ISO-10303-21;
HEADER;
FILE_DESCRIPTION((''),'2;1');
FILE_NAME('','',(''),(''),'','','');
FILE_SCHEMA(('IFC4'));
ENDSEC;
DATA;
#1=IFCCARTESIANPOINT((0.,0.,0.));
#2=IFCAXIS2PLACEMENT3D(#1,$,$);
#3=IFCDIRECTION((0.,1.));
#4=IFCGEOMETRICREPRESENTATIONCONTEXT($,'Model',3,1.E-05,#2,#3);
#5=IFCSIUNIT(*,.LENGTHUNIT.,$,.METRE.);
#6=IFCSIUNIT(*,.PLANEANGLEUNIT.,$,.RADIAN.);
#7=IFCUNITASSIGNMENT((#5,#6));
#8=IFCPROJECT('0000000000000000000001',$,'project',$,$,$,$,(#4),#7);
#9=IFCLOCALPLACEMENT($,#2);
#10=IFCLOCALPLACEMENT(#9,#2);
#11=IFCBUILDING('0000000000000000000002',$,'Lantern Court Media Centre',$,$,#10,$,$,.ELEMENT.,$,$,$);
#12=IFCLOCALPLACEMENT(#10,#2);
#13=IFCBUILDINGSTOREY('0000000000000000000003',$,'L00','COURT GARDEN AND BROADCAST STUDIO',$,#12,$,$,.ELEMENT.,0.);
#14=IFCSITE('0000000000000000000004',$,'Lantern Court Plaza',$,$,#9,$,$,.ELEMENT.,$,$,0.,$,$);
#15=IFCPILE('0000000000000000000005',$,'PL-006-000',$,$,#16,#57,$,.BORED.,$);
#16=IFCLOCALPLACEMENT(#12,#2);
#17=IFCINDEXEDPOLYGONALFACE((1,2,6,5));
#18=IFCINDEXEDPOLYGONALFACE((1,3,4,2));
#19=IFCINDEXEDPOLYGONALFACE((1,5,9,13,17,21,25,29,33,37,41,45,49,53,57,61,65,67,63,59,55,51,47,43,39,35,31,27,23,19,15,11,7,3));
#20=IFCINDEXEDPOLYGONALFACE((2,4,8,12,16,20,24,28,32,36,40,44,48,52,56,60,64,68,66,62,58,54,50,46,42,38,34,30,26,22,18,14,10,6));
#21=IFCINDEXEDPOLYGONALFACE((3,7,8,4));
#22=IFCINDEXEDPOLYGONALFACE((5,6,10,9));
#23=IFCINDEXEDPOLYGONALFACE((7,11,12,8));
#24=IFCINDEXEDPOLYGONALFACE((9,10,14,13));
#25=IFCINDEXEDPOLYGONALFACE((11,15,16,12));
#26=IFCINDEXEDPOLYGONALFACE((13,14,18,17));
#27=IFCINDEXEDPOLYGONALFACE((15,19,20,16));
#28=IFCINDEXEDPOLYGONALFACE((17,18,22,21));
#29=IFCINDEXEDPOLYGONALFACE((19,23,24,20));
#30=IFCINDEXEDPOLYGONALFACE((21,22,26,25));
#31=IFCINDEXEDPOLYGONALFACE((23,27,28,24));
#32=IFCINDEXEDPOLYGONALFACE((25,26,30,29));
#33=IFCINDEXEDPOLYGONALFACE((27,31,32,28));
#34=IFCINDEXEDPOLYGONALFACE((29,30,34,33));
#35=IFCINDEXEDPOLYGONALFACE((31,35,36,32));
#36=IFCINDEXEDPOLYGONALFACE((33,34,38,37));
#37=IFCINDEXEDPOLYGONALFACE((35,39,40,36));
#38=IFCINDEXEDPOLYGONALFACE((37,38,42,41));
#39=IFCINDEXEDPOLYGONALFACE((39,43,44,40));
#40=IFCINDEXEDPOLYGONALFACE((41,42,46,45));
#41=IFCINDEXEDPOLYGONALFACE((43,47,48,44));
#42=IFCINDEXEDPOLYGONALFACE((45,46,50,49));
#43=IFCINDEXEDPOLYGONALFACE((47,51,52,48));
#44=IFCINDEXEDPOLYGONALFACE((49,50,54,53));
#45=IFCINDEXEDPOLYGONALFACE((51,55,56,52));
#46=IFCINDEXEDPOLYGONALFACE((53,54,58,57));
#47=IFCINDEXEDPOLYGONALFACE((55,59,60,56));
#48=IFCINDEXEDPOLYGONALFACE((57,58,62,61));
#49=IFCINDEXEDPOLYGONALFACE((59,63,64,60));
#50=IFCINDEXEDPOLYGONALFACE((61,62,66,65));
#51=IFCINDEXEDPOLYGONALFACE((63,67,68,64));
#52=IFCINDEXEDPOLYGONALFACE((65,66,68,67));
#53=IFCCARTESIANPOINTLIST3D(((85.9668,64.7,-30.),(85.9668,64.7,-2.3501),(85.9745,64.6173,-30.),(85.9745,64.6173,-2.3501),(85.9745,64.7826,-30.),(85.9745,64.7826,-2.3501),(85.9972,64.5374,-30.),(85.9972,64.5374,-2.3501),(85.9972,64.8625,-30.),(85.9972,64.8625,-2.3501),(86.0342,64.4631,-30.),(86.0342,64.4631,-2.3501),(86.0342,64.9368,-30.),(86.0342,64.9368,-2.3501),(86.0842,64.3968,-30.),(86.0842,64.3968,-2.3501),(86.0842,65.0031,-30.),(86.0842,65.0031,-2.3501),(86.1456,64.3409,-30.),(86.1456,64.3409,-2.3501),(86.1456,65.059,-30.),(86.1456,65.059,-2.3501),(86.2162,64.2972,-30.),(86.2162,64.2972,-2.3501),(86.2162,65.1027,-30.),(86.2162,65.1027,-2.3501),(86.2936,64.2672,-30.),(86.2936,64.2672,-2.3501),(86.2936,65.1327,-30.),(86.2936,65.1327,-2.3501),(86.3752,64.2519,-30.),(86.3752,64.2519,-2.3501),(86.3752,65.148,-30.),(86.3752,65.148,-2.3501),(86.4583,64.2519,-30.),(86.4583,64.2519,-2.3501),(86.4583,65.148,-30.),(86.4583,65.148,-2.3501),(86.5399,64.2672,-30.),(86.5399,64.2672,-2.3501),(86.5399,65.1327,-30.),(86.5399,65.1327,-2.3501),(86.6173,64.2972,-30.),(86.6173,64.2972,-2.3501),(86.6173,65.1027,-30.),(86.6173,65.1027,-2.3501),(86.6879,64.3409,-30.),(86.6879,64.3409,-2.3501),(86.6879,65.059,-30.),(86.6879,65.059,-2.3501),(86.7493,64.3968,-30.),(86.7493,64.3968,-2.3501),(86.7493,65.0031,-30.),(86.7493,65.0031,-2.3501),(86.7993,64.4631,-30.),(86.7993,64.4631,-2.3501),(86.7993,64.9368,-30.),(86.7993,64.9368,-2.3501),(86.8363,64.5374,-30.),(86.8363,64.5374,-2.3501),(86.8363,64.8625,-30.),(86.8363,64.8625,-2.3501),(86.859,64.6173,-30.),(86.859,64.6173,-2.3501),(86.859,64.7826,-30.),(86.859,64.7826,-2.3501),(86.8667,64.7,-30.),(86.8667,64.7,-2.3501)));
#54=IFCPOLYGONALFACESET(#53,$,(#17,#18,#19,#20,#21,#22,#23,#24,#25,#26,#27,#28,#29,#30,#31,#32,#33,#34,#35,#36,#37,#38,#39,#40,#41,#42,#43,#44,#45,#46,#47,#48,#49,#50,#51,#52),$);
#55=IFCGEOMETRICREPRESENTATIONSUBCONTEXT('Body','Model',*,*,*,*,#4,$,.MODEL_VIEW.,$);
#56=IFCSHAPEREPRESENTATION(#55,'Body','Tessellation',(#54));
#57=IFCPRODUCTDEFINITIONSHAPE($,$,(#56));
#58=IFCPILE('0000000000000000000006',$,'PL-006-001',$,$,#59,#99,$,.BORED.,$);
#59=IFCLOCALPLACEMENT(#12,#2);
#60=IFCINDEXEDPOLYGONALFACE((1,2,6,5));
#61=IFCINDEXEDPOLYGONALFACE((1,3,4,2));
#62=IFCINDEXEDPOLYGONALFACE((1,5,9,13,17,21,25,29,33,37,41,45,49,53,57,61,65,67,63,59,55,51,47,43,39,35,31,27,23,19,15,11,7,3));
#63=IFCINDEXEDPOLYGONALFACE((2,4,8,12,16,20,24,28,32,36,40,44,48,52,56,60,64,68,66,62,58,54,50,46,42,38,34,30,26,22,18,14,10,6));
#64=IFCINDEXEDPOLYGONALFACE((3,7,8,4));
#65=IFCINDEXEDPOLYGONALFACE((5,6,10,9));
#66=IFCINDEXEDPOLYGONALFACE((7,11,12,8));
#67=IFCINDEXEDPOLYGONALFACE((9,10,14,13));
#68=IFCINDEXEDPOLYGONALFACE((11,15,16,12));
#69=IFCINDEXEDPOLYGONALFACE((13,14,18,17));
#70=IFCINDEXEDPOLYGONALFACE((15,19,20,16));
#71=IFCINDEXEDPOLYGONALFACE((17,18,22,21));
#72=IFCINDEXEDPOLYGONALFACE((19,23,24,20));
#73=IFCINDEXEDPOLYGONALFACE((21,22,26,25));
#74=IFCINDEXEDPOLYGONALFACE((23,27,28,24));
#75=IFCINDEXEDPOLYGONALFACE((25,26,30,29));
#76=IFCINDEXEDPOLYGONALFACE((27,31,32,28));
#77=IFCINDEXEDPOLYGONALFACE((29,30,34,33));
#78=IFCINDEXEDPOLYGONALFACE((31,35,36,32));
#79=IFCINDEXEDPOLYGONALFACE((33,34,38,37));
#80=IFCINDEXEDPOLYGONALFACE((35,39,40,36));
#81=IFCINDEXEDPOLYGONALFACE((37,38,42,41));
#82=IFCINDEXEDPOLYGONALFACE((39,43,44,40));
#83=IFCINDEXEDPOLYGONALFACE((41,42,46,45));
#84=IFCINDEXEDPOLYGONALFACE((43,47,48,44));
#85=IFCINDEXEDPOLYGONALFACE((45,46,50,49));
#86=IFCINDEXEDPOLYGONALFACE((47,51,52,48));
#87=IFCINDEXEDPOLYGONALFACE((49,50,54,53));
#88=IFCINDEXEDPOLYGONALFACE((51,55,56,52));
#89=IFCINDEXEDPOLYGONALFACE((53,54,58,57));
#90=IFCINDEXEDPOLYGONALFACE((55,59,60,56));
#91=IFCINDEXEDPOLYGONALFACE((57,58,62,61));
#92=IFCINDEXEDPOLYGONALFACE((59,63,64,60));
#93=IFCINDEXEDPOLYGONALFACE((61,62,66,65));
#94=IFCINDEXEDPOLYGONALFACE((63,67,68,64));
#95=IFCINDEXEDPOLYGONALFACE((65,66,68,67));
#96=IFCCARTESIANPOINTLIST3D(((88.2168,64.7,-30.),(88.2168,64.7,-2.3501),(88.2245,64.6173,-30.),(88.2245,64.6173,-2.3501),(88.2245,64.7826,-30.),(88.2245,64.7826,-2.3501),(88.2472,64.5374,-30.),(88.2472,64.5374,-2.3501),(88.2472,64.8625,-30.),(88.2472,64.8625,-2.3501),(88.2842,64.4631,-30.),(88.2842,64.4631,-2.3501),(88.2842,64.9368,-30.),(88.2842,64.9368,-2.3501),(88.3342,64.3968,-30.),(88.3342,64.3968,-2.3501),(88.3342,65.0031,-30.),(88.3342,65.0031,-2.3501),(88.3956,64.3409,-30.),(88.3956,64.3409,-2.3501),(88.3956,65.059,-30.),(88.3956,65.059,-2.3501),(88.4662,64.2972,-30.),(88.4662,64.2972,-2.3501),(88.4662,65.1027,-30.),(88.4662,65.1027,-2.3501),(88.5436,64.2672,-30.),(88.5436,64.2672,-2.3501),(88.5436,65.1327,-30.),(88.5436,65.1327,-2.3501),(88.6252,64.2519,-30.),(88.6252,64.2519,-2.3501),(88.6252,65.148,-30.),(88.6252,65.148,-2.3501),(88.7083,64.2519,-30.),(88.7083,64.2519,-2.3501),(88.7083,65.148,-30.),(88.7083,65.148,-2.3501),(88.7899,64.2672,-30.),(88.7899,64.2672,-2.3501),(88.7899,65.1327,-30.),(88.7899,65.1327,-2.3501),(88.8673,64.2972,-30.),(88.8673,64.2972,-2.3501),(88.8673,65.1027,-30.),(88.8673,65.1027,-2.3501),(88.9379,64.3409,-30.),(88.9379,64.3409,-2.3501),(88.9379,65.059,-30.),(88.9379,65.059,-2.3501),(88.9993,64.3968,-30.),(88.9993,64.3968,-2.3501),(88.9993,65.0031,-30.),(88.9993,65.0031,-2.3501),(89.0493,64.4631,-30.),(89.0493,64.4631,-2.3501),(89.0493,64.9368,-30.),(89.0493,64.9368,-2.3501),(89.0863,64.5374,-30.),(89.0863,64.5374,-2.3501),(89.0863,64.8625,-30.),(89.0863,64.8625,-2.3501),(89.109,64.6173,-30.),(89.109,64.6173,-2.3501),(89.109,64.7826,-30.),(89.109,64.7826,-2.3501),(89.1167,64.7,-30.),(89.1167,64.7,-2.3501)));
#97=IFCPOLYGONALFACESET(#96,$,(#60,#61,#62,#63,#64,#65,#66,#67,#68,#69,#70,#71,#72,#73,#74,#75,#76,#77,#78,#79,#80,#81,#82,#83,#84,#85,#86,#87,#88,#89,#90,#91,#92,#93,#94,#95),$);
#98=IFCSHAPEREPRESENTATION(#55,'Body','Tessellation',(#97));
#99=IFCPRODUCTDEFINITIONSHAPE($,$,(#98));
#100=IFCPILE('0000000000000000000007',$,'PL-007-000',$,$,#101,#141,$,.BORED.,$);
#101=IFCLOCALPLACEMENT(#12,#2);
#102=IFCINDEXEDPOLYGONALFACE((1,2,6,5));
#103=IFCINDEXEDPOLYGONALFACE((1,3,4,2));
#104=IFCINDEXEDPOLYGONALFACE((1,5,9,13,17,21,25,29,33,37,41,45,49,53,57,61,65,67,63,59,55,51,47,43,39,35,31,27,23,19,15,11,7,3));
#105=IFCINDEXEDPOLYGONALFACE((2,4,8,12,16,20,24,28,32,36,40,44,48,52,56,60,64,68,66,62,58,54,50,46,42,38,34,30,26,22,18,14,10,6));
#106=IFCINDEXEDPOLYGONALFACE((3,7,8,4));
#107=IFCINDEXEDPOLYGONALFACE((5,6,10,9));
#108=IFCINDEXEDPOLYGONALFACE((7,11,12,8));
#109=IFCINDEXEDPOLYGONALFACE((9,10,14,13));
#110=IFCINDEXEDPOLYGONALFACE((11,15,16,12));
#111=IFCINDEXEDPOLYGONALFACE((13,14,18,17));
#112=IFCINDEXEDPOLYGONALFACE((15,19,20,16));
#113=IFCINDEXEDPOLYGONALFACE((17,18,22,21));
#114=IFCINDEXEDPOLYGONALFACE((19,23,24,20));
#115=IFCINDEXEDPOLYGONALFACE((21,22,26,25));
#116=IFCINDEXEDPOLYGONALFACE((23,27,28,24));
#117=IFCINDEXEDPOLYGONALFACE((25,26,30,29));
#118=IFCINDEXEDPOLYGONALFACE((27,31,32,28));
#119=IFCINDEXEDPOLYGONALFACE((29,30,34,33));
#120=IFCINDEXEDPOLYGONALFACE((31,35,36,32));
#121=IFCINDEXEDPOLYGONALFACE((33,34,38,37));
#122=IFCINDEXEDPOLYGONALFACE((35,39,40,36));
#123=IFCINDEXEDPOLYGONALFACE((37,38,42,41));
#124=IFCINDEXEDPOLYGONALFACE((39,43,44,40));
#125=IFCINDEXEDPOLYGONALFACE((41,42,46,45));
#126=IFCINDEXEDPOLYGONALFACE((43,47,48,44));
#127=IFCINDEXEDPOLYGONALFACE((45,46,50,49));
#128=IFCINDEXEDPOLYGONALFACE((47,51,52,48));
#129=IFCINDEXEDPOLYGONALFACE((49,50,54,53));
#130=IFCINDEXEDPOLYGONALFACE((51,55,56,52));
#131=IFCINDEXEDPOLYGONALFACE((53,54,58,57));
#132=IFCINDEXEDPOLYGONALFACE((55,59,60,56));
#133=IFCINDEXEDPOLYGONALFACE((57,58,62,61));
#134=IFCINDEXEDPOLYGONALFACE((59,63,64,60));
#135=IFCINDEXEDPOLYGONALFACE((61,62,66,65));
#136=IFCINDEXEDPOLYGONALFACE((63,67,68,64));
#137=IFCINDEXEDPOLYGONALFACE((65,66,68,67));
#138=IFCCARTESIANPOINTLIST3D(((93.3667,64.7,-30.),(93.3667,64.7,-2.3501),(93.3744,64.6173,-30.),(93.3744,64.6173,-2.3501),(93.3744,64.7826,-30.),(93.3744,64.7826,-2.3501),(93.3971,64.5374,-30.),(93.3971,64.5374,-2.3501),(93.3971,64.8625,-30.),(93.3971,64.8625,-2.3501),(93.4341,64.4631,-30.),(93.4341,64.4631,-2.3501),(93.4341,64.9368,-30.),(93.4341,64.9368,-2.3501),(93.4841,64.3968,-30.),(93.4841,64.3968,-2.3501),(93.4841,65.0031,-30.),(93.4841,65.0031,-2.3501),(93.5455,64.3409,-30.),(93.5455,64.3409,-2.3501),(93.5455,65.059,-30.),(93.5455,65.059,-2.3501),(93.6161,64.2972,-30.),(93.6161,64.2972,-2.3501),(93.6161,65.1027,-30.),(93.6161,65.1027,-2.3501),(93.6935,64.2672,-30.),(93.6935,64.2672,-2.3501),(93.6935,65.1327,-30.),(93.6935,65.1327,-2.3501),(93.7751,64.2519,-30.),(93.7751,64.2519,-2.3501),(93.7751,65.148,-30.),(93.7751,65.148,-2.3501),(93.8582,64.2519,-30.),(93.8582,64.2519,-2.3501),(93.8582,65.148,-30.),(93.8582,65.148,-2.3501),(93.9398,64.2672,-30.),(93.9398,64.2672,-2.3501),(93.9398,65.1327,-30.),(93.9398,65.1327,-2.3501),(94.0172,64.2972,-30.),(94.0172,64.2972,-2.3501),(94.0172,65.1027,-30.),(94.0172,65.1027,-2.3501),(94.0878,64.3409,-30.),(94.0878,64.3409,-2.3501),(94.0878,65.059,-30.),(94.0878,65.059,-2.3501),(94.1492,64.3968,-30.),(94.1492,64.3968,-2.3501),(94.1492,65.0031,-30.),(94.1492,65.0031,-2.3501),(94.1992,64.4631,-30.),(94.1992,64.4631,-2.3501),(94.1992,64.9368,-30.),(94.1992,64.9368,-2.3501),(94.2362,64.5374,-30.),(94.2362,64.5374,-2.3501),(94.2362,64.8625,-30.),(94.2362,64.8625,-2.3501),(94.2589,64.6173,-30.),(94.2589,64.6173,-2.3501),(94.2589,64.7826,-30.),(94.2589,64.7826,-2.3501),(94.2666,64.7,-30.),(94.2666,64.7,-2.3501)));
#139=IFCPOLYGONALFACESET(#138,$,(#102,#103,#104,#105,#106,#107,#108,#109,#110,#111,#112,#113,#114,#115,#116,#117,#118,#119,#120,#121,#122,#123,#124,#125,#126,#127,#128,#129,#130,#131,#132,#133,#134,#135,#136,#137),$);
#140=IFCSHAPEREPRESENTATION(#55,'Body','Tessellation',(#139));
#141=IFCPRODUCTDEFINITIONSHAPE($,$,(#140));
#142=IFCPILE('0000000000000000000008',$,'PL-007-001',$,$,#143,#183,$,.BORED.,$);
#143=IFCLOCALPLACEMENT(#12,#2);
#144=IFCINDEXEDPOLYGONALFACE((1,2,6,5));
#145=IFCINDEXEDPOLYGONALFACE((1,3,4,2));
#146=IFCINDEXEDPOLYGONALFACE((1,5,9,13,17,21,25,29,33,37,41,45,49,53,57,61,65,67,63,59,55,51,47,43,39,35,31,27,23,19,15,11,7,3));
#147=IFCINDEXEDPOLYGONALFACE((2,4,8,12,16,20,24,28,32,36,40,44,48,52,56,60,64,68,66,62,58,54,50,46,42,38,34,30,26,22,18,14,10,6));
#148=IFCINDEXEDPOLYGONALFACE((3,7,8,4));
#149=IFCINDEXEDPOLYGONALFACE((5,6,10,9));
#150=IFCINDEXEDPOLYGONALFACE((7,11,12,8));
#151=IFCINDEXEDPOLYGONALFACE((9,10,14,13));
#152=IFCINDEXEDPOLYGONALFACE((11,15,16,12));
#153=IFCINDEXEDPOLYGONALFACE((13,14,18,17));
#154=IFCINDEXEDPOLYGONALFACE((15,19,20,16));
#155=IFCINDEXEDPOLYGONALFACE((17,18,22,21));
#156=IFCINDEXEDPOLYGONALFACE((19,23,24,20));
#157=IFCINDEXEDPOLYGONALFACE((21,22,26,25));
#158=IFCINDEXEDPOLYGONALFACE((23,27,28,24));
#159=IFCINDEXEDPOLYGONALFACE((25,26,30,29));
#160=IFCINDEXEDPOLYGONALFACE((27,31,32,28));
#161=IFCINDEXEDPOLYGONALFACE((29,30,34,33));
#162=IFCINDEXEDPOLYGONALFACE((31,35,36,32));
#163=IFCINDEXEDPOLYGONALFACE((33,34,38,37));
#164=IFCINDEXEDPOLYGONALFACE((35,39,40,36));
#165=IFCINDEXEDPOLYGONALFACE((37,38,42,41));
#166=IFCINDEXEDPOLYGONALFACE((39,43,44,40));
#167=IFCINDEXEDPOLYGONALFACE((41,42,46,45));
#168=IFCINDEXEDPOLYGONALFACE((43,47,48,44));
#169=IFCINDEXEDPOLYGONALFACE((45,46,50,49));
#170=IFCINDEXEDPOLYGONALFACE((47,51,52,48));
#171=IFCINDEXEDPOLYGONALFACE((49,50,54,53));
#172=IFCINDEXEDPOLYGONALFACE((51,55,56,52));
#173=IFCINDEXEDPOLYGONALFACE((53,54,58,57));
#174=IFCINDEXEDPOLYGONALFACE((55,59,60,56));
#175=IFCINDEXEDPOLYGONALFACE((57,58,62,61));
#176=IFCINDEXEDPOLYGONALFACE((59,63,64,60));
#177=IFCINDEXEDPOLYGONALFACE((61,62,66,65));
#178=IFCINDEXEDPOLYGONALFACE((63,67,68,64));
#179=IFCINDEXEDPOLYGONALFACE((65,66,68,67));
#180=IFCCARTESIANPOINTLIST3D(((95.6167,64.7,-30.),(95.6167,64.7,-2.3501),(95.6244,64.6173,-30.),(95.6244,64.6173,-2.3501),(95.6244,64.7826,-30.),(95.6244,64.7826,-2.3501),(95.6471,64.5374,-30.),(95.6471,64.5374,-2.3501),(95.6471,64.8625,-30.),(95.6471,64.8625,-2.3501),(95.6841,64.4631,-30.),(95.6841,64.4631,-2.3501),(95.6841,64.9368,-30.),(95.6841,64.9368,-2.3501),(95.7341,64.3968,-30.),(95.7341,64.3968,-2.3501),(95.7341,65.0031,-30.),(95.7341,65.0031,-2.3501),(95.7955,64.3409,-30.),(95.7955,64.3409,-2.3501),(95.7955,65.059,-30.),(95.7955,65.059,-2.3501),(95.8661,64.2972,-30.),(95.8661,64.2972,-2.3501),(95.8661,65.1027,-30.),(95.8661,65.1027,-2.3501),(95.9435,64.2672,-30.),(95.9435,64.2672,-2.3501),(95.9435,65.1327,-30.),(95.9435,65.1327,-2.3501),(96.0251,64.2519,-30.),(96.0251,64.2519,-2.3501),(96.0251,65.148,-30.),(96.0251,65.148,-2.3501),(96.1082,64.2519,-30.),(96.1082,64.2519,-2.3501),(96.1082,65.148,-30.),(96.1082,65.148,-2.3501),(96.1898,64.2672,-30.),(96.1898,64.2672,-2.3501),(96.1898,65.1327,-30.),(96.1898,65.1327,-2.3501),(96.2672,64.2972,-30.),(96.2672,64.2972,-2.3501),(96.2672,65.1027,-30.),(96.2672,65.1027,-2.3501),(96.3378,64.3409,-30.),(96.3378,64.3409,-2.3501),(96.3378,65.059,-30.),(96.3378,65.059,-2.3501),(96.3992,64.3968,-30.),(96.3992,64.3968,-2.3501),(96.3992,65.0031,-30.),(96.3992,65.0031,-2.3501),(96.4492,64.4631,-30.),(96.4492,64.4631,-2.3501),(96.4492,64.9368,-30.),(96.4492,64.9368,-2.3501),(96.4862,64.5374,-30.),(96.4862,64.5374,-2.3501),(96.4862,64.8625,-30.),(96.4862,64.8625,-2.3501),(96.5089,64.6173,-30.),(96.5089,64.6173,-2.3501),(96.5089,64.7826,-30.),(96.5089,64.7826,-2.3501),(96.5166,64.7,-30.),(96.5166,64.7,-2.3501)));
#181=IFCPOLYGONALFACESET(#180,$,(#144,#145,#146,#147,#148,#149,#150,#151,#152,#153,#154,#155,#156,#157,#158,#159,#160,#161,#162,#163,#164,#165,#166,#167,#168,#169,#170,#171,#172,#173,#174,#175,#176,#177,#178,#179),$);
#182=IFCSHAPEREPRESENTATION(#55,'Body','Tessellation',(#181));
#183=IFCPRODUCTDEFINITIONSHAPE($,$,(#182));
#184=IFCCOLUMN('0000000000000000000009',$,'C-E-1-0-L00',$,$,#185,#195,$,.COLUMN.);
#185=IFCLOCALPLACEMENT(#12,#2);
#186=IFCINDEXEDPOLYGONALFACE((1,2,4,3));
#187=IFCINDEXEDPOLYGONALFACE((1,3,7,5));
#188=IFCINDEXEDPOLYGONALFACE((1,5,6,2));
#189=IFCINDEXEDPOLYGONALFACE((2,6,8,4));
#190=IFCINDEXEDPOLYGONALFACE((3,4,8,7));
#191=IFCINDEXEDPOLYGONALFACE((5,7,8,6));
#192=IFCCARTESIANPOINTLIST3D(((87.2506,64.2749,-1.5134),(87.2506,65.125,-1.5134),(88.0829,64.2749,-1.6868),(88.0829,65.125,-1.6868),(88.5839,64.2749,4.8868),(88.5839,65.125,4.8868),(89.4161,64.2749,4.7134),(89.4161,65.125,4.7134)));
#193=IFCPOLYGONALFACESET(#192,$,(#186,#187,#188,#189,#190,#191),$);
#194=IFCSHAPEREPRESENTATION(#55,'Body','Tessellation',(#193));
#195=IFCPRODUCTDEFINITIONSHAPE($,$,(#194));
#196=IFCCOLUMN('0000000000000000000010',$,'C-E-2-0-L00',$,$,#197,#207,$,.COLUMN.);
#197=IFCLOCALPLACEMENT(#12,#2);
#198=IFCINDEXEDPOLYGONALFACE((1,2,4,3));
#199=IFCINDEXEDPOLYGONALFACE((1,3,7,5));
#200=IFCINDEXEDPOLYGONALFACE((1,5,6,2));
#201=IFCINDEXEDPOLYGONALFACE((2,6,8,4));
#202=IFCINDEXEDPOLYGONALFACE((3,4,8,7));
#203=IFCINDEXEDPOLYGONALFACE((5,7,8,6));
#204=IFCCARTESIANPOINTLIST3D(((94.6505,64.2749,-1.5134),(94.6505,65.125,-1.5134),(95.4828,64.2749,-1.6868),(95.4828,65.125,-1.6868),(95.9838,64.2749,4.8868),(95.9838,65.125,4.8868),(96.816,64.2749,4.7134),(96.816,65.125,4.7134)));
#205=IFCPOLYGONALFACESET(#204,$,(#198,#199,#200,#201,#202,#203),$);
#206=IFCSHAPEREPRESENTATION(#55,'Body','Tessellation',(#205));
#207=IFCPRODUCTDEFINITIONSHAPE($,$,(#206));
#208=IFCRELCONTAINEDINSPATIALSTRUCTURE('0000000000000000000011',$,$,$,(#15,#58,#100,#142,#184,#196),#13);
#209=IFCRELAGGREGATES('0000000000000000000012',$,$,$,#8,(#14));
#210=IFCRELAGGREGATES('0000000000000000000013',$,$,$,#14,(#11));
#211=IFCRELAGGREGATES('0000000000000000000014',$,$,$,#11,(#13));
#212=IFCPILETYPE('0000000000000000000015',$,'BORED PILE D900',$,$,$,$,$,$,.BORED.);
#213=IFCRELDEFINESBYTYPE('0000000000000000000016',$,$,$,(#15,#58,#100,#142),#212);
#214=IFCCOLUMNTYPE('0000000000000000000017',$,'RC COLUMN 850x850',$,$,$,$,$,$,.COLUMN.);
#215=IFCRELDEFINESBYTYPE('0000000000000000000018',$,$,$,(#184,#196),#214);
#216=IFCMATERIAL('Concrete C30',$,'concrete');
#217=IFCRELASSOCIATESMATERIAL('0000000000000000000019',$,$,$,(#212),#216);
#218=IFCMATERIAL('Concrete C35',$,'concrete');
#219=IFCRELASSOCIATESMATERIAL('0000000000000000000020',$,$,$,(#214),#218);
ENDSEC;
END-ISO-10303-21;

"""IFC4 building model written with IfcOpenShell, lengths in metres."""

from ifc_helpers import new_model, si_unit, direction, frame, origin, origin_2d, place, context, subcontext, project, spatial, rectangle, circle, extrude, material, material_profile, profile_set, type_object, element, save


model = new_model("IFC4")

# Units and contexts
model_context = context("Model", 3, precision=1e-05, world=origin(), true_north=direction((0.0, 1.0)))
body_context = subcontext(model_context, "Body", "Model", "MODEL_VIEW")
ifc_project = project(units=[si_unit("LENGTHUNIT", "METRE"), si_unit("PLANEANGLEUNIT", "RADIAN")], contexts=[model_context])

# Site, building, storey
site_placement = place(None, origin())
site = spatial("IfcSite", under=ifc_project, at=site_placement, Name="Lantern Court Plaza", CompositionType="ELEMENT", RefElevation=0.0)
building_placement = place(site_placement, origin())
building = spatial("IfcBuilding", under=site, at=building_placement, Name="Lantern Court Media Centre", CompositionType="ELEMENT")
storey_placement = place(building_placement, origin())
storey = spatial("IfcBuildingStorey", under=building, at=storey_placement, Name="L00", Description="COURT GARDEN AND BROADCAST STUDIO", CompositionType="ELEMENT", Elevation=0.0)

# Piles
ifc_material_1 = material(Name="Concrete C30", Category="concrete")
ifc_material_profile_1 = material_profile(ifc_material_1, circle(Radius=0.45, at=origin_2d()), Name="D900")
ifc_profile_set_1 = profile_set([ifc_material_profile_1], Name="Concrete C30")
pile_type = type_object("IfcPileType", Name="BORED PILE D900", PredefinedType="BORED", material=ifc_profile_set_1)
for number, where, z_axis, x_axis, name in (
    (1, (86.4167, 64.7, -2.3501), (0.0, 0.0, -1.0), (1.0, 0.0, 0.0), "PL-006-000"),
    (2, (88.6667, 64.7, -2.3501), (0.0, 0.0, -1.0), (1.0, 0.0, 0.0), "PL-006-001"),
    (3, (93.8167, 64.7, -2.3501), (0.0, 0.0, -1.0), (1.0, 0.0, 0.0), "PL-007-000"),
    (4, (96.0667, 64.7, -2.3501), (0.0, 0.0, -1.0), (1.0, 0.0, 0.0), "PL-007-001"),
):
    element("IfcPile", number, at=place(storey_placement, frame(where, z_axis=z_axis, x_axis=x_axis)), inside=storey, type_object=pile_type, Name=name, PredefinedType="BORED", context=body_context, shape_type="SweptSolid", body=[
        extrude(circle(Radius=0.45, at=origin_2d()), origin(), (0.0, 0.0, 1.0), 27.6499),
    ])

# Columns
ifc_material_2 = material(Name="Concrete C35", Category="concrete")
ifc_material_profile_2 = material_profile(ifc_material_2, rectangle(XDim=0.8501, YDim=0.8501, at=origin_2d()), Name="RC 850x850")
ifc_profile_set_2 = profile_set([ifc_material_profile_2], Name="Concrete C35")
column_type_1 = type_object("IfcColumnType", Name="RC COLUMN 850x850", PredefinedType="COLUMN", material=ifc_profile_set_2)
for number, where, z_axis, x_axis, name in (
    (5, (87.6667, 64.7, -1.6001), (0.203938, 0.0, 0.978984), (0.0, 1.0, 0.0), "C-E-1-0-L00"),
    (6, (95.0667, 64.7, -1.6001), (0.203938, 0.0, 0.978984), (0.0, 1.0, 0.0), "C-E-2-0-L00"),
):
    element("IfcColumn", number, at=place(storey_placement, frame(where, z_axis=z_axis, x_axis=x_axis)), inside=storey, type_object=column_type_1, Name=name, PredefinedType="COLUMN", context=body_context, shape_type="SweptSolid", body=[
        extrude(rectangle(XDim=0.8501, YDim=0.8501, at=origin_2d()), origin(), (0.0, 0.0, 1.0), 6.5376),
    ])

save(model, "model.ifc")
